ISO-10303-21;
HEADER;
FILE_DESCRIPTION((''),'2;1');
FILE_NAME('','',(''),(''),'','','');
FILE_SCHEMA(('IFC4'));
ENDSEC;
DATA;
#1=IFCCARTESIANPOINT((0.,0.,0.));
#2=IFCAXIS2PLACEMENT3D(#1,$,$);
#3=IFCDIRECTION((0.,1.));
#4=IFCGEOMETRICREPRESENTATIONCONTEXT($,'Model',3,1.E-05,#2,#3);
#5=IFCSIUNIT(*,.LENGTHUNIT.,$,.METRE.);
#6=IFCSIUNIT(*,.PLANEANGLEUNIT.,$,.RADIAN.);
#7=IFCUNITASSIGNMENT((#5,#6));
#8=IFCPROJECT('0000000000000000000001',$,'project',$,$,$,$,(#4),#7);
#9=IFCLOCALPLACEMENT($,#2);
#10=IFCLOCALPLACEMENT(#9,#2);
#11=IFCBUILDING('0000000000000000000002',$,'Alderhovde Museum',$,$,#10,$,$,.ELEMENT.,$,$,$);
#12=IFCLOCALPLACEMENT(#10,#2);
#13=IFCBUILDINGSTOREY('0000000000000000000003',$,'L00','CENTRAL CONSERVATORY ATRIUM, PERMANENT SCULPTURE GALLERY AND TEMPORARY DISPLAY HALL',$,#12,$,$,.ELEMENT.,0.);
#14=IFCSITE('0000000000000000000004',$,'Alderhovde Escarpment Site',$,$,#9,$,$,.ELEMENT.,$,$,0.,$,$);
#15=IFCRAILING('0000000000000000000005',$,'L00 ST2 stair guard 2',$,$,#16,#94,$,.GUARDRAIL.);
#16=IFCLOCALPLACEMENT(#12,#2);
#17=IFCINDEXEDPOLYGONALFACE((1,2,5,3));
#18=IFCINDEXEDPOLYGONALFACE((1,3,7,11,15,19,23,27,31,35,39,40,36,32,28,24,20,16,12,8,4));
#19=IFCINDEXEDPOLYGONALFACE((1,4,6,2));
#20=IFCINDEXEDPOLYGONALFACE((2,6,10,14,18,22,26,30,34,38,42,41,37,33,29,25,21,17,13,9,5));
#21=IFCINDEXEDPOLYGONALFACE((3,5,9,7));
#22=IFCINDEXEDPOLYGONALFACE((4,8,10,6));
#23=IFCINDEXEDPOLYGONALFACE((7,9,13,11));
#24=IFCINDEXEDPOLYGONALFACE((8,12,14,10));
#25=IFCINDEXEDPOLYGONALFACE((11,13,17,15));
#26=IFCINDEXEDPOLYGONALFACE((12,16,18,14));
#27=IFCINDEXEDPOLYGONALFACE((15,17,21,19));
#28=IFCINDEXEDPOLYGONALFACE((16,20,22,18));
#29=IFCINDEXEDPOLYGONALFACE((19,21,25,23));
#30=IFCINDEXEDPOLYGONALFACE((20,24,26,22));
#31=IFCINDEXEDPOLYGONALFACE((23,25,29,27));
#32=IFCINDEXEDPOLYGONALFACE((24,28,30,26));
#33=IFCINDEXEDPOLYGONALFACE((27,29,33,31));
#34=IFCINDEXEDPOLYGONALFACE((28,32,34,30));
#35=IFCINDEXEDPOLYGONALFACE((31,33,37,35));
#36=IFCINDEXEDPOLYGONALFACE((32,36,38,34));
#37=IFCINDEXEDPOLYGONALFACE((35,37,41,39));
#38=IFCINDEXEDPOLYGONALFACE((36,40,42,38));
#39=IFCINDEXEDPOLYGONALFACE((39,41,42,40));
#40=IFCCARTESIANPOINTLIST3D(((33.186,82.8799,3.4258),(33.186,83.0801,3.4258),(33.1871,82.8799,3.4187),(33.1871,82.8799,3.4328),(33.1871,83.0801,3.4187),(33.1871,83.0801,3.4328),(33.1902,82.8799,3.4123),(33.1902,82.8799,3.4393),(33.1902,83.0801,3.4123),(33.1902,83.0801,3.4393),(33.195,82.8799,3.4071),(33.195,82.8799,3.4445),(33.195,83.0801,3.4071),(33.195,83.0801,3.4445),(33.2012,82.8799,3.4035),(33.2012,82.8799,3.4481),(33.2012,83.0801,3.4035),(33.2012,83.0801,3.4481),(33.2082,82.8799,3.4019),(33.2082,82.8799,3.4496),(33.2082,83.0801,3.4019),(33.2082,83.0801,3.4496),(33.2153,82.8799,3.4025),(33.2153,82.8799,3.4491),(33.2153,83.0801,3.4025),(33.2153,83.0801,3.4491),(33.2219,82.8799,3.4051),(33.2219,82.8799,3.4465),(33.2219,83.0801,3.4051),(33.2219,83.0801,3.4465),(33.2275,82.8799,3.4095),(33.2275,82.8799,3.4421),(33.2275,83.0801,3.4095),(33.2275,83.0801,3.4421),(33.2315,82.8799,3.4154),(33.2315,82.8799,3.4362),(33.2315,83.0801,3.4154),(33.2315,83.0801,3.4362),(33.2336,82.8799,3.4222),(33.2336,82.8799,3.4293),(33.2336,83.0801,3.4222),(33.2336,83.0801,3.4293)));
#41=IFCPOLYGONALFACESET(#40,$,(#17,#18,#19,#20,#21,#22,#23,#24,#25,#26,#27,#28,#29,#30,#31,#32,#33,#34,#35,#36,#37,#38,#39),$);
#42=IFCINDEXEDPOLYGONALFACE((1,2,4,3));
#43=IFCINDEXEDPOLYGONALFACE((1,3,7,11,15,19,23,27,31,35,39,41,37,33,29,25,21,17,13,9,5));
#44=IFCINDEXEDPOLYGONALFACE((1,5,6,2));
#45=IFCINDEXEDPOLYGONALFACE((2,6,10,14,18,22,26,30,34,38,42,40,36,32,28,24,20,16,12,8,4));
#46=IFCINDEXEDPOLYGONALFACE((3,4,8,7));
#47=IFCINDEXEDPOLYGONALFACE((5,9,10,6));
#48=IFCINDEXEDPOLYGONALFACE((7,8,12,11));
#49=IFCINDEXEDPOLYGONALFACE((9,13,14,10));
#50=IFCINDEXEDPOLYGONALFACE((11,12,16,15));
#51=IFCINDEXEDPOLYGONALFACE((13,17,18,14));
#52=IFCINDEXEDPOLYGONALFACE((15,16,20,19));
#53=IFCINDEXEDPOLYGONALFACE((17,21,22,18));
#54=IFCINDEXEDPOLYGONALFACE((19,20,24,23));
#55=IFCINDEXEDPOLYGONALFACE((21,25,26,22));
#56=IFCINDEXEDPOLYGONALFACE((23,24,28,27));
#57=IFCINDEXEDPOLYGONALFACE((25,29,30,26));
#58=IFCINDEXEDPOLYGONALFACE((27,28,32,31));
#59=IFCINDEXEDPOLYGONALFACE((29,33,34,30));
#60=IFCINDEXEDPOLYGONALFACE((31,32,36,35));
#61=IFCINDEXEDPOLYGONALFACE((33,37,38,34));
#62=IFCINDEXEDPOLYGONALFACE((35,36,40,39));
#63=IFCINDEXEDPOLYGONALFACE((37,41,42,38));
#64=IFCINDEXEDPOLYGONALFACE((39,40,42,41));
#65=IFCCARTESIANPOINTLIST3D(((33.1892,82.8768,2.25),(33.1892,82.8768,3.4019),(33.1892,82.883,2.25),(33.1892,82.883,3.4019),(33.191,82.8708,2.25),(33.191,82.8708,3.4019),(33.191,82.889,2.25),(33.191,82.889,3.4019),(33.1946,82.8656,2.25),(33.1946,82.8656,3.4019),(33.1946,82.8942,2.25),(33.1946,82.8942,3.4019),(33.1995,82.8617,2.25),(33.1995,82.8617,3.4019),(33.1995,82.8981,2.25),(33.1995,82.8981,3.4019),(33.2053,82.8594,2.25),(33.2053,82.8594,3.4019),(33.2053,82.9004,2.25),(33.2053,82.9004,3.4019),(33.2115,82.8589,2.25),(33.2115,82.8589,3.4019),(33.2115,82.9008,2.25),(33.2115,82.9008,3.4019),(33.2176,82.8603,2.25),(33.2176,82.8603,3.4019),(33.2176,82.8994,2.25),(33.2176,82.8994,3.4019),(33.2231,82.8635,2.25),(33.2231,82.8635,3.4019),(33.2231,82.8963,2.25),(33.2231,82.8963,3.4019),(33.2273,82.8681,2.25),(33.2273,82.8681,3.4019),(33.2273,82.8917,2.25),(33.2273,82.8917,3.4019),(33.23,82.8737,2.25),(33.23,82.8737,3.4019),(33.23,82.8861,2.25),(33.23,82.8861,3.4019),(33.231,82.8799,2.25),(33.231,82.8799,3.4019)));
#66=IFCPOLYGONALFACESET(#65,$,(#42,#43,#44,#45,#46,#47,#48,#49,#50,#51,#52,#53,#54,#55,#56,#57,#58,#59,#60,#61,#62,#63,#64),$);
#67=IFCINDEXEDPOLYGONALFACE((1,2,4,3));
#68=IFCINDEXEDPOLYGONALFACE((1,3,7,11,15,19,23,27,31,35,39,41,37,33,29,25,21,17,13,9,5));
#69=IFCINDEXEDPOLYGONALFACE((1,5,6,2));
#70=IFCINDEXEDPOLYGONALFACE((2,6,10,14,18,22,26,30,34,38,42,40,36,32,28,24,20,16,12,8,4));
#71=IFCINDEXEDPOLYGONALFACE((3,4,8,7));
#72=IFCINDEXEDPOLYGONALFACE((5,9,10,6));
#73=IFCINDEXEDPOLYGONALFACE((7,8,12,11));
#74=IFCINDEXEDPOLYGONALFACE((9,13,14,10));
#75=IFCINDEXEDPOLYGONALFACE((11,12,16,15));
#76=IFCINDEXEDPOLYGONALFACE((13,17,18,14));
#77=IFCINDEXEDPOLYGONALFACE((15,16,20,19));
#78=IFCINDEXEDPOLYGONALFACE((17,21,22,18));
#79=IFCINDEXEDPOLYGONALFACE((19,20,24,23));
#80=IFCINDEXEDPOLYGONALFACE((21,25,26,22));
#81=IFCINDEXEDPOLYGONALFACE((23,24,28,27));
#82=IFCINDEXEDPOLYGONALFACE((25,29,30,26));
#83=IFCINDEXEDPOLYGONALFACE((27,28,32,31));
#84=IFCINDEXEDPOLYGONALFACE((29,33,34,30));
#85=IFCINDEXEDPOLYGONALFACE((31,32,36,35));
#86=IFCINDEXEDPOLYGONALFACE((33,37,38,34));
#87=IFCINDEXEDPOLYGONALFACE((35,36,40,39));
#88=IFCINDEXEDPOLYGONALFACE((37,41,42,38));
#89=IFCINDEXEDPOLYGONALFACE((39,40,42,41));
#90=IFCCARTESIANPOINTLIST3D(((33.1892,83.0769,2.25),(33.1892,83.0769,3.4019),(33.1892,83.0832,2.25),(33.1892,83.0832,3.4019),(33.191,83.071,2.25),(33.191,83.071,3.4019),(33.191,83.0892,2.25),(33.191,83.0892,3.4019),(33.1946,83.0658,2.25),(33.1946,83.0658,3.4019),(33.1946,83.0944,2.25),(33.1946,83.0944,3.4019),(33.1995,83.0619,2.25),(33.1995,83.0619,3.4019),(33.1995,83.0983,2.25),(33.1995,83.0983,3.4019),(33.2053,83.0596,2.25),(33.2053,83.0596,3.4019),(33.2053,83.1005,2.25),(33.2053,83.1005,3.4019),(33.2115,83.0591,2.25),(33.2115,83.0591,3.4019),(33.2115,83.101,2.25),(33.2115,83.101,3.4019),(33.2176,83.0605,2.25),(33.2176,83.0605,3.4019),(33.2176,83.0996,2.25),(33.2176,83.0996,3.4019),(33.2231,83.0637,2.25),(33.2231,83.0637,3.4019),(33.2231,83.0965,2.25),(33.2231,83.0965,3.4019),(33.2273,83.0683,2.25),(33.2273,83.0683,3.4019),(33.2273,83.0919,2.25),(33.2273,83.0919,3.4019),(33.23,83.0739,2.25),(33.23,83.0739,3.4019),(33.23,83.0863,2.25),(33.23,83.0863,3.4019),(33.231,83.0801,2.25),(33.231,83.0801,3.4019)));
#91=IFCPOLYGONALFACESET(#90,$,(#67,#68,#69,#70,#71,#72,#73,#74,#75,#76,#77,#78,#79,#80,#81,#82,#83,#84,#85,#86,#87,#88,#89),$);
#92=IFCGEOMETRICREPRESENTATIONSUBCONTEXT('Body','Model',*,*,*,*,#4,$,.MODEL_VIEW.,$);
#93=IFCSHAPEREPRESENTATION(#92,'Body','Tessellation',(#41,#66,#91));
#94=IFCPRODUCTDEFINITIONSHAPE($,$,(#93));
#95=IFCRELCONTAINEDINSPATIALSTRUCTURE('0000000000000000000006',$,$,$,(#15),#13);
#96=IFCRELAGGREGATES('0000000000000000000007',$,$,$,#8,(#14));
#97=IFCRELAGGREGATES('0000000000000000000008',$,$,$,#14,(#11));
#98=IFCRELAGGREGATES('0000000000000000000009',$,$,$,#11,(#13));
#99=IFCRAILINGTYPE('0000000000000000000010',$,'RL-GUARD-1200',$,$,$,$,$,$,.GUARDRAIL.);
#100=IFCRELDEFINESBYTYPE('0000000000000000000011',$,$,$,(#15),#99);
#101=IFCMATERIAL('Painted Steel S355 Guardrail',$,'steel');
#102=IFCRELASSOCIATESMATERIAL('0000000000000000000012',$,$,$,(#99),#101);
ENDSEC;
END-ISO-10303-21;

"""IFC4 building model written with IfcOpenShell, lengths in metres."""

from ifc_helpers import new_model, si_unit, direction, frame, origin, origin_2d, place, context, subcontext, project, spatial, circle, extrude, material, type_object, element, save


model = new_model("IFC4")

# Units and contexts
model_context = context("Model", 3, precision=1e-05, world=origin(), true_north=direction((0.0, 1.0)))
body_context = subcontext(model_context, "Body", "Model", "MODEL_VIEW")
ifc_project = project(units=[si_unit("LENGTHUNIT", "METRE"), si_unit("PLANEANGLEUNIT", "RADIAN")], contexts=[model_context])

# Site, building, storey
site_placement = place(None, origin())
site = spatial("IfcSite", under=ifc_project, at=site_placement, Name="Alderhovde Escarpment Site", CompositionType="ELEMENT", RefElevation=0.0)
building_placement = place(site_placement, origin())
building = spatial("IfcBuilding", under=site, at=building_placement, Name="Alderhovde Museum", CompositionType="ELEMENT")
storey_placement = place(building_placement, origin())
storey = spatial("IfcBuildingStorey", under=building, at=storey_placement, Name="L00", Description="CENTRAL CONSERVATORY ATRIUM, PERMANENT SCULPTURE GALLERY AND TEMPORARY DISPLAY HALL", CompositionType="ELEMENT", Elevation=0.0)

# Railing
ifc_material_1 = material(Name="Painted Steel S355 Guardrail", Category="steel")
railing_type_1 = type_object("IfcRailingType", Name="RL-GUARD-1200", PredefinedType="GUARDRAIL", material=ifc_material_1)
railing_1_placement = place(storey_placement, frame((33.21, 82.8799, 2.25)))
element("IfcRailing", 1, at=railing_1_placement, inside=storey, type_object=railing_type_1, Name="L00 ST2 stair guard 2", PredefinedType="GUARDRAIL", context=body_context, shape_type="SweptSolid", body=[
    extrude(circle(Radius=0.0239, at=origin_2d()), frame((0.0, 0.0, 1.1758), z_axis=(0.0, 1.0, 0.0), x_axis=(-1.0, 0.0, 0.0)), (0.0, 0.0, 1.0), 0.2002),
    extrude(circle(Radius=0.021, at=origin_2d()), origin(), (0.0, 0.0, 1.0), 1.1519),
    extrude(circle(Radius=0.021, at=origin_2d()), frame((0.0, 0.2002, 0.0)), (0.0, 0.0, 1.0), 1.1519),
])

save(model, "model.ifc")
